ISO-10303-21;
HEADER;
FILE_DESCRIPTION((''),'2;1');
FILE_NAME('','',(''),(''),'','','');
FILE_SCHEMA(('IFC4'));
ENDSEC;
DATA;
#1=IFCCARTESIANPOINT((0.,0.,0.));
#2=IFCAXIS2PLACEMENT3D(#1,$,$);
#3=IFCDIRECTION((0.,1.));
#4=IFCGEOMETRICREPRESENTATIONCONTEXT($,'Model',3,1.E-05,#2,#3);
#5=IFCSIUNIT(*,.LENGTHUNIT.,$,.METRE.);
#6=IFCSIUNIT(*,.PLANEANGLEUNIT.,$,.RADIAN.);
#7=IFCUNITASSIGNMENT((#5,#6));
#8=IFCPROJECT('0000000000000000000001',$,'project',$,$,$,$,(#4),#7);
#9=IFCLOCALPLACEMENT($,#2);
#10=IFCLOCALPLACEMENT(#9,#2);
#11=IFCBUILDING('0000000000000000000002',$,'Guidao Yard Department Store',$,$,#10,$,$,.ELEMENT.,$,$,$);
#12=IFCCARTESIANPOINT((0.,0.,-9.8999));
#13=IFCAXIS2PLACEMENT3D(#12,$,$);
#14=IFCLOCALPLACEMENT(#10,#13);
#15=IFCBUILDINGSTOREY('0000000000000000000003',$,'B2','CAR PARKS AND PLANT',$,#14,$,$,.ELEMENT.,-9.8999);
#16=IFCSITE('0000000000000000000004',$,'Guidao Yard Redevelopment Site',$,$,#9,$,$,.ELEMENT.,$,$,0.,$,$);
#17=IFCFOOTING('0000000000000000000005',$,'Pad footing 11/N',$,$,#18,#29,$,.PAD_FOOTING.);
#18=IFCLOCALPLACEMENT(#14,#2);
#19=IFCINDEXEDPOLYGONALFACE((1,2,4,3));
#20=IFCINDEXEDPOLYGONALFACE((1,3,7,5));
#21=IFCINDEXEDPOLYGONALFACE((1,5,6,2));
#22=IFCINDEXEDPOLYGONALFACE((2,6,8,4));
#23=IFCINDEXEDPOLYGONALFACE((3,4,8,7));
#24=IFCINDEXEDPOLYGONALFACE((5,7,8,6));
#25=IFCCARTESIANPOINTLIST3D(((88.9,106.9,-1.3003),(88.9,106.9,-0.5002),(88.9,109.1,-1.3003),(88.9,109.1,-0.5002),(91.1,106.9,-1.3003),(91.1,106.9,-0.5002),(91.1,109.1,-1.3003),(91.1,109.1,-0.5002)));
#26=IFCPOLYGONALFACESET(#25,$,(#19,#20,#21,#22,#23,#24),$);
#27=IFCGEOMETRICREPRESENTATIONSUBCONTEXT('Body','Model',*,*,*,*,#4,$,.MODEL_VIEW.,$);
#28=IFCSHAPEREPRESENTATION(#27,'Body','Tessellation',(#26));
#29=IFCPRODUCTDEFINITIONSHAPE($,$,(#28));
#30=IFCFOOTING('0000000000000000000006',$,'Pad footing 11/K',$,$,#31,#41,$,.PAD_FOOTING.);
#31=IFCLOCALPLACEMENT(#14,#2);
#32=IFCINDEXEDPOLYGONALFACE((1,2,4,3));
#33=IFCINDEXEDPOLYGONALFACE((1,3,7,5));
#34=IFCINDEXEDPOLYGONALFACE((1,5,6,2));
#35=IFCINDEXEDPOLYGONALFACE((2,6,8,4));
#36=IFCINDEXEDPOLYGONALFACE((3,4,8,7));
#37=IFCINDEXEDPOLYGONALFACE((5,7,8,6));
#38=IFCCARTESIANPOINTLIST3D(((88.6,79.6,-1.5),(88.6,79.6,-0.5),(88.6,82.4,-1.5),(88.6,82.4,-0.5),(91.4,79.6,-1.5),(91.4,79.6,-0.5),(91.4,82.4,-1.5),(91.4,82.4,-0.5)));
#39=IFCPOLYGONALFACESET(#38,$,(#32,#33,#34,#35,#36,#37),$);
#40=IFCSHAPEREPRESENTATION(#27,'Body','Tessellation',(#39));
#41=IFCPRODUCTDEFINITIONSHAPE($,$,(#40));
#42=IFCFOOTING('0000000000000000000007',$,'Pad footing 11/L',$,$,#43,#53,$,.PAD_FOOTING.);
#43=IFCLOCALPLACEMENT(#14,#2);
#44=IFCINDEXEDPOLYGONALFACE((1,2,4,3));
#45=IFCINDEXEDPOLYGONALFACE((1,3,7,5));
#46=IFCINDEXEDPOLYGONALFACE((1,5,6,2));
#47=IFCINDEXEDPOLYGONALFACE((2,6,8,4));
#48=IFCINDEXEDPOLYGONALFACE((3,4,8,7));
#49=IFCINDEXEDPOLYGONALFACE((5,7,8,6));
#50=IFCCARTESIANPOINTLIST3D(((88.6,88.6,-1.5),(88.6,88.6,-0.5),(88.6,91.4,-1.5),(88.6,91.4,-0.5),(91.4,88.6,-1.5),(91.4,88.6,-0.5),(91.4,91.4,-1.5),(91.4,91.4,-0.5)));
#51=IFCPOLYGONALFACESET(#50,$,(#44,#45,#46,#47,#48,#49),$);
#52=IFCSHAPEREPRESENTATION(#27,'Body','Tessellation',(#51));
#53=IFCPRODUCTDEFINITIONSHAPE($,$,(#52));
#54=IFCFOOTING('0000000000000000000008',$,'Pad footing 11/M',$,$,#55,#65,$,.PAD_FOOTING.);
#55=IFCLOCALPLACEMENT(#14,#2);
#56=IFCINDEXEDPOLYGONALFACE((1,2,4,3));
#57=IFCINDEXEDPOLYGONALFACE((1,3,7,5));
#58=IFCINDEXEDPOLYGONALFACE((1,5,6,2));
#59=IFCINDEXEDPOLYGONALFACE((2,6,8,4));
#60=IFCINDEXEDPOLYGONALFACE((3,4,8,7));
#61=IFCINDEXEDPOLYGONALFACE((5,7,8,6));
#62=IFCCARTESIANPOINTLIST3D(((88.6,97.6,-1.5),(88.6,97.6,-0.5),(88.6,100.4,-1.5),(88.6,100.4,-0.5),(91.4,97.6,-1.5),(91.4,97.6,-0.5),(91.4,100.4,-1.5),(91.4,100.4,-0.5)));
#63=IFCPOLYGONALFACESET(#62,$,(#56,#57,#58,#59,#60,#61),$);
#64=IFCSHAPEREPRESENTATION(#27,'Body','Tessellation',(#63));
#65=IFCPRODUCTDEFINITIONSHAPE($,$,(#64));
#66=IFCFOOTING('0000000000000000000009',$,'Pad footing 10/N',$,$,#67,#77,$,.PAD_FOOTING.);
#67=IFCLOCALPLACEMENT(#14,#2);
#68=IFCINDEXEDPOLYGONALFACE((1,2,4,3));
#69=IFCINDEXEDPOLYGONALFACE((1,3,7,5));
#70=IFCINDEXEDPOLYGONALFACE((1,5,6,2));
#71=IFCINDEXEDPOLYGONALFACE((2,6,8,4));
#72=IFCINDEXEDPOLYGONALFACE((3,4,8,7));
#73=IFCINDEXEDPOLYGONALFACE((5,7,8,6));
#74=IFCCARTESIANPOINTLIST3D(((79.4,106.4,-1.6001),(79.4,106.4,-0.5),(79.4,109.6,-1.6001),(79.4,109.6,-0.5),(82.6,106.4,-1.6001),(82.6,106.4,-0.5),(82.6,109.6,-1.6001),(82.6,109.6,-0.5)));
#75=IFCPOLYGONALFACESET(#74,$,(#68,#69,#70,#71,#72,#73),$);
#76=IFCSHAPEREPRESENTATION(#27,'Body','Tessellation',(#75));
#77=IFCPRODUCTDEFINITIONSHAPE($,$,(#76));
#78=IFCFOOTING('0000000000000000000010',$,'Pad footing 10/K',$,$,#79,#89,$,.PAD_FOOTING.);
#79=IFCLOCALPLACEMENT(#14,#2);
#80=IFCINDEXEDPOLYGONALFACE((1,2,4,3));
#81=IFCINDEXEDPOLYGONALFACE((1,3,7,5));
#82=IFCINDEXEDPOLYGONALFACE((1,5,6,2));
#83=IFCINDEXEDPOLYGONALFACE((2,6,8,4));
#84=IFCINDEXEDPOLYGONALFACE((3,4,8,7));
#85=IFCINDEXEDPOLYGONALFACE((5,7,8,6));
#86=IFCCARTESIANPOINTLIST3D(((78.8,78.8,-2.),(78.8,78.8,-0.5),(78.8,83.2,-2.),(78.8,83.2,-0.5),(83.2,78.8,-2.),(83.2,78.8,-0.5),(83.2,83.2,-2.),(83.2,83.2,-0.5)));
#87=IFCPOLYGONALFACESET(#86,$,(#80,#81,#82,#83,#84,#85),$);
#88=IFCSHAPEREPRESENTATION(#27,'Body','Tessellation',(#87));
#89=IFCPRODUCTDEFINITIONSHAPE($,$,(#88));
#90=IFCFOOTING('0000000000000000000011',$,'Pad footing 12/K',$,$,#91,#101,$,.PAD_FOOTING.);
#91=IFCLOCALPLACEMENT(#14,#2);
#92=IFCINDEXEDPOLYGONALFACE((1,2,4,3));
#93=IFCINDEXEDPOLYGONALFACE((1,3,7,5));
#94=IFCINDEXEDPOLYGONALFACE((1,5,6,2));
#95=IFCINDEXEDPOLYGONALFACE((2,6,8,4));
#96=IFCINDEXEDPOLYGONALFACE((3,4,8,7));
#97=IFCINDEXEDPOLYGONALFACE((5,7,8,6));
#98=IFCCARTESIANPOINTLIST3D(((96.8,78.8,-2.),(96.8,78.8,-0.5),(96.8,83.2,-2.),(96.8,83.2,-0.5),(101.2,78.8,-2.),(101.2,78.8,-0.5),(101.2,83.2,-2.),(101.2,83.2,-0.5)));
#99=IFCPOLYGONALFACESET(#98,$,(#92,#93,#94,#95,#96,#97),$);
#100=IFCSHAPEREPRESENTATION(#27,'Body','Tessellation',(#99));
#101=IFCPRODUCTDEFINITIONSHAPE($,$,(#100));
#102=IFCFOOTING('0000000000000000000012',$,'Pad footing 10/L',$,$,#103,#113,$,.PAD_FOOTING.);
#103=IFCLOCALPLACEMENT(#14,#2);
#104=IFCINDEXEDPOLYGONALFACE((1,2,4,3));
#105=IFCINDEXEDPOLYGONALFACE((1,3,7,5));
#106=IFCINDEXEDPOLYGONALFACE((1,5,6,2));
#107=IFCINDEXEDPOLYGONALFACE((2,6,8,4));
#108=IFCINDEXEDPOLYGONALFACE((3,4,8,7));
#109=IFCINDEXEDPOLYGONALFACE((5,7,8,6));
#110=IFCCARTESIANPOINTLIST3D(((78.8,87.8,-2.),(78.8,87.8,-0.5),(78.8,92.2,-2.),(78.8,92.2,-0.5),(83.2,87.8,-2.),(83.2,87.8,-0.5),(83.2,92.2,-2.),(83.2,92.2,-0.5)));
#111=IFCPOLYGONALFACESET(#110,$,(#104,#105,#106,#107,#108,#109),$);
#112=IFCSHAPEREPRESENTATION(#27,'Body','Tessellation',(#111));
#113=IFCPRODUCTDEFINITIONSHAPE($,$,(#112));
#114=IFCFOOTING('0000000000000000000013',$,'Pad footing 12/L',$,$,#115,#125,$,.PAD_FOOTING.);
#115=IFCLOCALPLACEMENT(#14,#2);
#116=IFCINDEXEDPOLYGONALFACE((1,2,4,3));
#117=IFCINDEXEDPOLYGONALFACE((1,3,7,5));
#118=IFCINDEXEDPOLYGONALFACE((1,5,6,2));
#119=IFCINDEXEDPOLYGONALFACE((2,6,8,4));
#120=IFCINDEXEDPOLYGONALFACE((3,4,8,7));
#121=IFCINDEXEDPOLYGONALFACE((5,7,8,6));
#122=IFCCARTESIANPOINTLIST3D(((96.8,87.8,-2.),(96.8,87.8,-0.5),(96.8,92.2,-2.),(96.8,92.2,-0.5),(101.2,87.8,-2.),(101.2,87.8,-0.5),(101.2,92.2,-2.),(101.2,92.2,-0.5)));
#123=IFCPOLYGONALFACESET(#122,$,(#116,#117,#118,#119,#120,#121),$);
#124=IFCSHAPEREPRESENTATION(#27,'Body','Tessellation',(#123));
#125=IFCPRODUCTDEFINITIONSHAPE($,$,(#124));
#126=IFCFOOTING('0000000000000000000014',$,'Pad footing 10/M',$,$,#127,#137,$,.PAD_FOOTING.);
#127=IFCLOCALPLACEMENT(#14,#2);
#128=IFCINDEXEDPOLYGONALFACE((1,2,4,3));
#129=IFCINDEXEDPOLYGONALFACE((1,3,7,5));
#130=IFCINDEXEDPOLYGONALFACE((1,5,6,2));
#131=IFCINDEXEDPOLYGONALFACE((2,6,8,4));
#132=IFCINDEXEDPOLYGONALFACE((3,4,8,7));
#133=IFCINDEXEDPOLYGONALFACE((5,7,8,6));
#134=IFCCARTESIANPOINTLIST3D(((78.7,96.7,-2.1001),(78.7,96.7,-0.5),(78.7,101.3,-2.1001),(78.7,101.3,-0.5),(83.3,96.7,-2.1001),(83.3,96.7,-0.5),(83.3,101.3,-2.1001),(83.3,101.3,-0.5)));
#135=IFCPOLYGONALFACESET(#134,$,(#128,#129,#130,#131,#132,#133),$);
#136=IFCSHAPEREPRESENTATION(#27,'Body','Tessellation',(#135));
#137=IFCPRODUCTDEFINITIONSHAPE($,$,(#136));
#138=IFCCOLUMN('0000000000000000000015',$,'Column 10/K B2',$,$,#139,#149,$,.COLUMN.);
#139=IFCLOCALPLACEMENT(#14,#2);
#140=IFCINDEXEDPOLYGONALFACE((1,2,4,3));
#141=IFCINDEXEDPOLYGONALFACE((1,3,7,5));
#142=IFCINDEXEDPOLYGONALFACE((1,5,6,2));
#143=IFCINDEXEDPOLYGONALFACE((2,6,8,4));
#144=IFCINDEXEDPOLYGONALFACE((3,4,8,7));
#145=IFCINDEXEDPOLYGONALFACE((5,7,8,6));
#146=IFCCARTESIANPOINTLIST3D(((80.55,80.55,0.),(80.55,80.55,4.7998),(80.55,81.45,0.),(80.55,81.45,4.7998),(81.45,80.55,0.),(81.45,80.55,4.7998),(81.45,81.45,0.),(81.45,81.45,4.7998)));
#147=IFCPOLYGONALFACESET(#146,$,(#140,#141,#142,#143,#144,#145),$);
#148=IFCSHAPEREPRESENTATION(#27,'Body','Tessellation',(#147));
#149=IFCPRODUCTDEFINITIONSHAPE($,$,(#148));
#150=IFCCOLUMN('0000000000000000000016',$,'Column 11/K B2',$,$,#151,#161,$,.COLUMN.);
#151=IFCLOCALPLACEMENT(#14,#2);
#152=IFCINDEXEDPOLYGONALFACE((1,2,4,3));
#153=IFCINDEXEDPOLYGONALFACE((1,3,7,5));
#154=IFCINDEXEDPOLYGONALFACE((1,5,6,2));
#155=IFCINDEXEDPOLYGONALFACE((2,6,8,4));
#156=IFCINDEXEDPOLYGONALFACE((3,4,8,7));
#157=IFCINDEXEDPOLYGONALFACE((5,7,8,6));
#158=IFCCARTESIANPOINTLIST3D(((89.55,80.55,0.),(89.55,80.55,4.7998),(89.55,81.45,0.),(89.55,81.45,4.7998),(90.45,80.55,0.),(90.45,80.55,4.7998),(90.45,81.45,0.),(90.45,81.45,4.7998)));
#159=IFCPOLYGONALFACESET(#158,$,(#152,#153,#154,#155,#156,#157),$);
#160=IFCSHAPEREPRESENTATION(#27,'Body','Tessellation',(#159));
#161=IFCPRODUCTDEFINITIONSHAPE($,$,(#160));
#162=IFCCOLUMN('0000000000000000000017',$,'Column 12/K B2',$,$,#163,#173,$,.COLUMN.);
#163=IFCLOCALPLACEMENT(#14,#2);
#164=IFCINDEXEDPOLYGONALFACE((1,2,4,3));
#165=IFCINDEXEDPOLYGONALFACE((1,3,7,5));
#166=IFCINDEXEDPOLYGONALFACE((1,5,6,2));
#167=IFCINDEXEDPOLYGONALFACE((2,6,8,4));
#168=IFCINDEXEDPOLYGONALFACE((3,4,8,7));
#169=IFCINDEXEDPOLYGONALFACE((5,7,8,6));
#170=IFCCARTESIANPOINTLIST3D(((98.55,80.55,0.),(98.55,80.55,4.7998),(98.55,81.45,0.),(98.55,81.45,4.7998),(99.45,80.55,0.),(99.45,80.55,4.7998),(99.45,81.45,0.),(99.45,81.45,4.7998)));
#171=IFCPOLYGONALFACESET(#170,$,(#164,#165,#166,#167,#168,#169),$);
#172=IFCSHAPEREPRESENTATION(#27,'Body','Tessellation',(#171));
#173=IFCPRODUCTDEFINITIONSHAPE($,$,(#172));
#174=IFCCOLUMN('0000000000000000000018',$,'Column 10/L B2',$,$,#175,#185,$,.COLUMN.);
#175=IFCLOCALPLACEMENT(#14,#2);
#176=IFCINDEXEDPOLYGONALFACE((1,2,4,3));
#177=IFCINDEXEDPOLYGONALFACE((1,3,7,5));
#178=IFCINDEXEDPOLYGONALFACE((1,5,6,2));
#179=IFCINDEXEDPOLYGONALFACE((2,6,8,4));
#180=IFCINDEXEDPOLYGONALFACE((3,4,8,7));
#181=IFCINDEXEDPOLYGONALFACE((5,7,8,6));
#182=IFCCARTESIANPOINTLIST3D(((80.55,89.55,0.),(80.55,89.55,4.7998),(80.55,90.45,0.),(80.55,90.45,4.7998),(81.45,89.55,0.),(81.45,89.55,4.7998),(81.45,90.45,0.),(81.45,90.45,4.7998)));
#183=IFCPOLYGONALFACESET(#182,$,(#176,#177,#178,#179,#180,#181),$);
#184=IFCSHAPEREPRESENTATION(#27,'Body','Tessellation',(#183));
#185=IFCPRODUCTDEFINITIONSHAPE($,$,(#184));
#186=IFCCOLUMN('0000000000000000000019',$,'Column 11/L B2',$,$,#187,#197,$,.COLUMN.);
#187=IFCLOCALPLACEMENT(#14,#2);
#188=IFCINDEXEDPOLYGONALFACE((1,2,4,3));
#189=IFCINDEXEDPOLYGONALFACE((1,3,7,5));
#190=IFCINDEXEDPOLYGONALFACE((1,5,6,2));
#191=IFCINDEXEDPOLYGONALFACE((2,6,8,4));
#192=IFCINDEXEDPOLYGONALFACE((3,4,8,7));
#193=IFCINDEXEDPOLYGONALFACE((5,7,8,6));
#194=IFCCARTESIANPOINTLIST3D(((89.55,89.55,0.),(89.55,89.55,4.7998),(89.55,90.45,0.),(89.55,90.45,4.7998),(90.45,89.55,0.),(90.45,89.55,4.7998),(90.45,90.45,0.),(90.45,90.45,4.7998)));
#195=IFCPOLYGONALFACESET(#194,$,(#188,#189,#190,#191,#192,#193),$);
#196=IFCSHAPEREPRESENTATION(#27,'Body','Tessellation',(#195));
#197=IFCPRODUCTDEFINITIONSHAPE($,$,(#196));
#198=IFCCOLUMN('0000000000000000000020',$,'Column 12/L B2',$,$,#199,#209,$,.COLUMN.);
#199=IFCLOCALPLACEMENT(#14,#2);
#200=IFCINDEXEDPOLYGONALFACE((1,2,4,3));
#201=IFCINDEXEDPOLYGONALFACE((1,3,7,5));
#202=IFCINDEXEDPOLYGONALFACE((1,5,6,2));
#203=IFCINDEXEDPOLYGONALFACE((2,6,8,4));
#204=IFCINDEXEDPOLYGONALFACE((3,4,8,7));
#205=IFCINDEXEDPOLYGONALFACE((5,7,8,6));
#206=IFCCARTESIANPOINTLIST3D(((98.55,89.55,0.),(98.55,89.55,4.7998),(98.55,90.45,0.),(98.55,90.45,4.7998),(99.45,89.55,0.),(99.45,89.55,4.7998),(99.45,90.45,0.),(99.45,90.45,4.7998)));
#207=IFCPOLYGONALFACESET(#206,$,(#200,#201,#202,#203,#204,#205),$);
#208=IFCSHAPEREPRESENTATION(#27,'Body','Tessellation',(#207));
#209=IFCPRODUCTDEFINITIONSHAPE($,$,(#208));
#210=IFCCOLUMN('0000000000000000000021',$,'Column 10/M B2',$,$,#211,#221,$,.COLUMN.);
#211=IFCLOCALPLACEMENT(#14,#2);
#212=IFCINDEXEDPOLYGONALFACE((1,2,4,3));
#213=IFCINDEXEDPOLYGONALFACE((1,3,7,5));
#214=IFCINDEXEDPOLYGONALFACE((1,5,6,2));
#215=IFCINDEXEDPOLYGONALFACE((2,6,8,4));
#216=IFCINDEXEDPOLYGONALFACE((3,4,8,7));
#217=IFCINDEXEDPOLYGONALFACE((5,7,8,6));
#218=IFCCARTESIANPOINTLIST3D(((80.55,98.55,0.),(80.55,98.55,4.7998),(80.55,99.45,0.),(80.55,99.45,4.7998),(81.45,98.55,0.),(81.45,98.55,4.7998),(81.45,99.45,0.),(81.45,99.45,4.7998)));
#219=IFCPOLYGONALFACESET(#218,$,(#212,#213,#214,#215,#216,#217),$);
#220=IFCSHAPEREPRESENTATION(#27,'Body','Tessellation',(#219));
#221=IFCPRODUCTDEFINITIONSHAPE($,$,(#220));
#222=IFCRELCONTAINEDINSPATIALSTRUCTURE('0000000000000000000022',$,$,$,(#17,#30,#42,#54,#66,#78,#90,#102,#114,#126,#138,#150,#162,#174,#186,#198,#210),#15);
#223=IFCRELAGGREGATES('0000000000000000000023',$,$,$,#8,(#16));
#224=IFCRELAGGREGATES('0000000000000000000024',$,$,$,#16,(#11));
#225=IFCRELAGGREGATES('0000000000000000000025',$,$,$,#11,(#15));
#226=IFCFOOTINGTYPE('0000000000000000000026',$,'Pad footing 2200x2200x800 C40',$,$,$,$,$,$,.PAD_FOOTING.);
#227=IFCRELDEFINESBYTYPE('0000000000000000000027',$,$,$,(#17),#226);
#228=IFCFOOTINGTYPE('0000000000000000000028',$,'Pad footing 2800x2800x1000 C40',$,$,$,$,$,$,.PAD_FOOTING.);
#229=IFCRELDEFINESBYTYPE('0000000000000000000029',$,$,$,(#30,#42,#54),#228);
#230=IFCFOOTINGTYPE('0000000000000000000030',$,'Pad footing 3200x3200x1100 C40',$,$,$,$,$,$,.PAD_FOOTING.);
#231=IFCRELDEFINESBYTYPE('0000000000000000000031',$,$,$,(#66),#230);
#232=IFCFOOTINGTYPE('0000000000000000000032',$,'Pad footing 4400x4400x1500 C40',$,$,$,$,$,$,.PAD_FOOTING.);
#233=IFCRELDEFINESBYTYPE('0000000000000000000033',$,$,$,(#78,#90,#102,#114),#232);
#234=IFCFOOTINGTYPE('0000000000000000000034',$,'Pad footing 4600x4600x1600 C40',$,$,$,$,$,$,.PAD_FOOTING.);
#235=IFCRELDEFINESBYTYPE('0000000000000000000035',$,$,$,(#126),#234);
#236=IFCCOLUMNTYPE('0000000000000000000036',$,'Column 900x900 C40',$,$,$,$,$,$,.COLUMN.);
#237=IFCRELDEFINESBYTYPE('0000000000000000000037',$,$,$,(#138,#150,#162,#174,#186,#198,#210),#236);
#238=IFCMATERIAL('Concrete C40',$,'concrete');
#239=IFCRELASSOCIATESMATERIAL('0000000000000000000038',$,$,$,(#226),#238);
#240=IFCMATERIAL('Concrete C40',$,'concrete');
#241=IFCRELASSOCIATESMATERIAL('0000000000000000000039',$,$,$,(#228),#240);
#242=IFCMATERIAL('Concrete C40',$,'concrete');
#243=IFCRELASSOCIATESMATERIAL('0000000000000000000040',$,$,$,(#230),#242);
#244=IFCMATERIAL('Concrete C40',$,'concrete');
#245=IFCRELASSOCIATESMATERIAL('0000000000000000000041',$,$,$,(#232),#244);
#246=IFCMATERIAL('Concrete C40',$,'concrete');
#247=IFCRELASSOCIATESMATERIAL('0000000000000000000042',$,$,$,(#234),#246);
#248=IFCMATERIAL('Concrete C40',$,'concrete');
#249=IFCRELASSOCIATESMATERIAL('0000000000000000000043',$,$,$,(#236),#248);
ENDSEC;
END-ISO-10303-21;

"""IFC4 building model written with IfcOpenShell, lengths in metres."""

from ifc_helpers import new_model, si_unit, direction, frame, origin, origin_2d, place, context, subcontext, project, spatial, rectangle, extrude, material, material_profile, profile_set, type_object, element, save


model = new_model("IFC4")

# Units and contexts
model_context = context("Model", 3, precision=1e-05, world=origin(), true_north=direction((0.0, 1.0)))
body_context = subcontext(model_context, "Body", "Model", "MODEL_VIEW")
ifc_project = project(units=[si_unit("LENGTHUNIT", "METRE"), si_unit("PLANEANGLEUNIT", "RADIAN")], contexts=[model_context])

# Site, building, storey
site_placement = place(None, origin())
site = spatial("IfcSite", under=ifc_project, at=site_placement, Name="Guidao Yard Redevelopment Site", CompositionType="ELEMENT", RefElevation=0.0)
building_placement = place(site_placement, origin())
building = spatial("IfcBuilding", under=site, at=building_placement, Name="Guidao Yard Department Store", CompositionType="ELEMENT")
storey_placement = place(building_placement, frame((0.0, 0.0, -9.8999)))
storey = spatial("IfcBuildingStorey", under=building, at=storey_placement, Name="B2", Description="CAR PARKS AND PLANT", CompositionType="ELEMENT", Elevation=-9.8999)

# Footings
ifc_material_1 = material(Name="Concrete C40", Category="concrete")
footing_type_1 = type_object("IfcFootingType", Name="Pad footing 2200x2200x800 C40", PredefinedType="PAD_FOOTING", material=ifc_material_1)
footing_1_placement = place(storey_placement, frame((90.0, 108.0, -1.3003), z_axis=(0.0, 0.0, 1.0), x_axis=(1.0, 0.0, 0.0)))
element("IfcFooting", 1, at=footing_1_placement, inside=storey, type_object=footing_type_1, Name="Pad footing 11/N", PredefinedType="PAD_FOOTING", context=body_context, shape_type="SweptSolid", body=[
    extrude(rectangle(XDim=2.2, YDim=2.2, at=origin_2d()), origin(), (0.0, 0.0, 1.0), 0.8),
])
ifc_material_2 = material(Name="Concrete C40", Category="concrete")
footing_type_2 = type_object("IfcFootingType", Name="Pad footing 2800x2800x1000 C40", PredefinedType="PAD_FOOTING", material=ifc_material_2)
for number, where, z_axis, x_axis, name in (
    (2, (90.0, 81.0, -1.5), (0.0, 0.0, 1.0), (1.0, 0.0, 0.0), "Pad footing 11/K"),
    (3, (90.0, 90.0, -1.5), (0.0, 0.0, 1.0), (1.0, 0.0, 0.0), "Pad footing 11/L"),
    (4, (90.0, 99.0, -1.5), (0.0, 0.0, 1.0), (1.0, 0.0, 0.0), "Pad footing 11/M"),
):
    element("IfcFooting", number, at=place(storey_placement, frame(where, z_axis=z_axis, x_axis=x_axis)), inside=storey, type_object=footing_type_2, Name=name, PredefinedType="PAD_FOOTING", context=body_context, shape_type="SweptSolid", body=[
        extrude(rectangle(XDim=2.8, YDim=2.8, at=origin_2d()), origin(), (0.0, 0.0, 1.0), 1.0),
    ])
ifc_material_3 = material(Name="Concrete C40", Category="concrete")
footing_type_3 = type_object("IfcFootingType", Name="Pad footing 3200x3200x1100 C40", PredefinedType="PAD_FOOTING", material=ifc_material_3)
footing_2_placement = place(storey_placement, frame((81.0, 108.0, -1.6001), z_axis=(0.0, 0.0, 1.0), x_axis=(1.0, 0.0, 0.0)))
element("IfcFooting", 5, at=footing_2_placement, inside=storey, type_object=footing_type_3, Name="Pad footing 10/N", PredefinedType="PAD_FOOTING", context=body_context, shape_type="SweptSolid", body=[
    extrude(rectangle(XDim=3.2, YDim=3.2, at=origin_2d()), origin(), (0.0, 0.0, 1.0), 1.1001),
])
ifc_material_4 = material(Name="Concrete C40", Category="concrete")
footing_type_4 = type_object("IfcFootingType", Name="Pad footing 4400x4400x1500 C40", PredefinedType="PAD_FOOTING", material=ifc_material_4)
for number, where, z_axis, x_axis, name in (
    (6, (81.0, 81.0, -2.0), (0.0, 0.0, 1.0), (1.0, 0.0, 0.0), "Pad footing 10/K"),
    (7, (99.0, 81.0, -2.0), (0.0, 0.0, 1.0), (1.0, 0.0, 0.0), "Pad footing 12/K"),
    (8, (81.0, 90.0, -2.0), (0.0, 0.0, 1.0), (1.0, 0.0, 0.0), "Pad footing 10/L"),
    (9, (99.0, 90.0, -2.0), (0.0, 0.0, 1.0), (1.0, 0.0, 0.0), "Pad footing 12/L"),
):
    element("IfcFooting", number, at=place(storey_placement, frame(where, z_axis=z_axis, x_axis=x_axis)), inside=storey, type_object=footing_type_4, Name=name, PredefinedType="PAD_FOOTING", context=body_context, shape_type="SweptSolid", body=[
        extrude(rectangle(XDim=4.3999, YDim=4.3999, at=origin_2d()), origin(), (0.0, 0.0, 1.0), 1.5),
    ])
ifc_material_5 = material(Name="Concrete C40", Category="concrete")
footing_type_5 = type_object("IfcFootingType", Name="Pad footing 4600x4600x1600 C40", PredefinedType="PAD_FOOTING", material=ifc_material_5)
footing_3_placement = place(storey_placement, frame((81.0, 99.0, -2.1001), z_axis=(0.0, 0.0, 1.0), x_axis=(1.0, 0.0, 0.0)))
element("IfcFooting", 10, at=footing_3_placement, inside=storey, type_object=footing_type_5, Name="Pad footing 10/M", PredefinedType="PAD_FOOTING", context=body_context, shape_type="SweptSolid", body=[
    extrude(rectangle(XDim=4.6001, YDim=4.6001, at=origin_2d()), origin(), (0.0, 0.0, 1.0), 1.6001),
])

# Columns
ifc_material_6 = material(Name="Concrete C40", Category="concrete")
ifc_material_profile = material_profile(ifc_material_6, rectangle(XDim=0.8999, YDim=0.8999, at=origin_2d()), Name="COL 900x900")
ifc_profile_set = profile_set([ifc_material_profile], Name="Concrete C40")
column_type = type_object("IfcColumnType", Name="Column 900x900 C40", PredefinedType="COLUMN", material=ifc_profile_set)
for number, where, z_axis, x_axis, name in (
    (11, (81.0, 81.0, 0.0), (0.0, 0.0, 1.0), (1.0, 0.0, 0.0), "Column 10/K B2"),
    (12, (90.0, 81.0, 0.0), (0.0, 0.0, 1.0), (1.0, 0.0, 0.0), "Column 11/K B2"),
    (13, (99.0, 81.0, 0.0), (0.0, 0.0, 1.0), (1.0, 0.0, 0.0), "Column 12/K B2"),
    (14, (81.0, 90.0, 0.0), (0.0, 0.0, 1.0), (1.0, 0.0, 0.0), "Column 10/L B2"),
    (15, (90.0, 90.0, 0.0), (0.0, 0.0, 1.0), (1.0, 0.0, 0.0), "Column 11/L B2"),
    (16, (99.0, 90.0, 0.0), (0.0, 0.0, 1.0), (1.0, 0.0, 0.0), "Column 12/L B2"),
    (17, (81.0, 99.0, 0.0), (0.0, 0.0, 1.0), (1.0, 0.0, 0.0), "Column 10/M B2"),
):
    element("IfcColumn", number, at=place(storey_placement, frame(where, z_axis=z_axis, x_axis=x_axis)), inside=storey, type_object=column_type, Name=name, PredefinedType="COLUMN", context=body_context, shape_type="SweptSolid", body=[
        extrude(rectangle(XDim=0.8999, YDim=0.8999, at=origin_2d()), origin(), (0.0, 0.0, 1.0), 4.7998),
    ])

save(model, "model.ifc")
